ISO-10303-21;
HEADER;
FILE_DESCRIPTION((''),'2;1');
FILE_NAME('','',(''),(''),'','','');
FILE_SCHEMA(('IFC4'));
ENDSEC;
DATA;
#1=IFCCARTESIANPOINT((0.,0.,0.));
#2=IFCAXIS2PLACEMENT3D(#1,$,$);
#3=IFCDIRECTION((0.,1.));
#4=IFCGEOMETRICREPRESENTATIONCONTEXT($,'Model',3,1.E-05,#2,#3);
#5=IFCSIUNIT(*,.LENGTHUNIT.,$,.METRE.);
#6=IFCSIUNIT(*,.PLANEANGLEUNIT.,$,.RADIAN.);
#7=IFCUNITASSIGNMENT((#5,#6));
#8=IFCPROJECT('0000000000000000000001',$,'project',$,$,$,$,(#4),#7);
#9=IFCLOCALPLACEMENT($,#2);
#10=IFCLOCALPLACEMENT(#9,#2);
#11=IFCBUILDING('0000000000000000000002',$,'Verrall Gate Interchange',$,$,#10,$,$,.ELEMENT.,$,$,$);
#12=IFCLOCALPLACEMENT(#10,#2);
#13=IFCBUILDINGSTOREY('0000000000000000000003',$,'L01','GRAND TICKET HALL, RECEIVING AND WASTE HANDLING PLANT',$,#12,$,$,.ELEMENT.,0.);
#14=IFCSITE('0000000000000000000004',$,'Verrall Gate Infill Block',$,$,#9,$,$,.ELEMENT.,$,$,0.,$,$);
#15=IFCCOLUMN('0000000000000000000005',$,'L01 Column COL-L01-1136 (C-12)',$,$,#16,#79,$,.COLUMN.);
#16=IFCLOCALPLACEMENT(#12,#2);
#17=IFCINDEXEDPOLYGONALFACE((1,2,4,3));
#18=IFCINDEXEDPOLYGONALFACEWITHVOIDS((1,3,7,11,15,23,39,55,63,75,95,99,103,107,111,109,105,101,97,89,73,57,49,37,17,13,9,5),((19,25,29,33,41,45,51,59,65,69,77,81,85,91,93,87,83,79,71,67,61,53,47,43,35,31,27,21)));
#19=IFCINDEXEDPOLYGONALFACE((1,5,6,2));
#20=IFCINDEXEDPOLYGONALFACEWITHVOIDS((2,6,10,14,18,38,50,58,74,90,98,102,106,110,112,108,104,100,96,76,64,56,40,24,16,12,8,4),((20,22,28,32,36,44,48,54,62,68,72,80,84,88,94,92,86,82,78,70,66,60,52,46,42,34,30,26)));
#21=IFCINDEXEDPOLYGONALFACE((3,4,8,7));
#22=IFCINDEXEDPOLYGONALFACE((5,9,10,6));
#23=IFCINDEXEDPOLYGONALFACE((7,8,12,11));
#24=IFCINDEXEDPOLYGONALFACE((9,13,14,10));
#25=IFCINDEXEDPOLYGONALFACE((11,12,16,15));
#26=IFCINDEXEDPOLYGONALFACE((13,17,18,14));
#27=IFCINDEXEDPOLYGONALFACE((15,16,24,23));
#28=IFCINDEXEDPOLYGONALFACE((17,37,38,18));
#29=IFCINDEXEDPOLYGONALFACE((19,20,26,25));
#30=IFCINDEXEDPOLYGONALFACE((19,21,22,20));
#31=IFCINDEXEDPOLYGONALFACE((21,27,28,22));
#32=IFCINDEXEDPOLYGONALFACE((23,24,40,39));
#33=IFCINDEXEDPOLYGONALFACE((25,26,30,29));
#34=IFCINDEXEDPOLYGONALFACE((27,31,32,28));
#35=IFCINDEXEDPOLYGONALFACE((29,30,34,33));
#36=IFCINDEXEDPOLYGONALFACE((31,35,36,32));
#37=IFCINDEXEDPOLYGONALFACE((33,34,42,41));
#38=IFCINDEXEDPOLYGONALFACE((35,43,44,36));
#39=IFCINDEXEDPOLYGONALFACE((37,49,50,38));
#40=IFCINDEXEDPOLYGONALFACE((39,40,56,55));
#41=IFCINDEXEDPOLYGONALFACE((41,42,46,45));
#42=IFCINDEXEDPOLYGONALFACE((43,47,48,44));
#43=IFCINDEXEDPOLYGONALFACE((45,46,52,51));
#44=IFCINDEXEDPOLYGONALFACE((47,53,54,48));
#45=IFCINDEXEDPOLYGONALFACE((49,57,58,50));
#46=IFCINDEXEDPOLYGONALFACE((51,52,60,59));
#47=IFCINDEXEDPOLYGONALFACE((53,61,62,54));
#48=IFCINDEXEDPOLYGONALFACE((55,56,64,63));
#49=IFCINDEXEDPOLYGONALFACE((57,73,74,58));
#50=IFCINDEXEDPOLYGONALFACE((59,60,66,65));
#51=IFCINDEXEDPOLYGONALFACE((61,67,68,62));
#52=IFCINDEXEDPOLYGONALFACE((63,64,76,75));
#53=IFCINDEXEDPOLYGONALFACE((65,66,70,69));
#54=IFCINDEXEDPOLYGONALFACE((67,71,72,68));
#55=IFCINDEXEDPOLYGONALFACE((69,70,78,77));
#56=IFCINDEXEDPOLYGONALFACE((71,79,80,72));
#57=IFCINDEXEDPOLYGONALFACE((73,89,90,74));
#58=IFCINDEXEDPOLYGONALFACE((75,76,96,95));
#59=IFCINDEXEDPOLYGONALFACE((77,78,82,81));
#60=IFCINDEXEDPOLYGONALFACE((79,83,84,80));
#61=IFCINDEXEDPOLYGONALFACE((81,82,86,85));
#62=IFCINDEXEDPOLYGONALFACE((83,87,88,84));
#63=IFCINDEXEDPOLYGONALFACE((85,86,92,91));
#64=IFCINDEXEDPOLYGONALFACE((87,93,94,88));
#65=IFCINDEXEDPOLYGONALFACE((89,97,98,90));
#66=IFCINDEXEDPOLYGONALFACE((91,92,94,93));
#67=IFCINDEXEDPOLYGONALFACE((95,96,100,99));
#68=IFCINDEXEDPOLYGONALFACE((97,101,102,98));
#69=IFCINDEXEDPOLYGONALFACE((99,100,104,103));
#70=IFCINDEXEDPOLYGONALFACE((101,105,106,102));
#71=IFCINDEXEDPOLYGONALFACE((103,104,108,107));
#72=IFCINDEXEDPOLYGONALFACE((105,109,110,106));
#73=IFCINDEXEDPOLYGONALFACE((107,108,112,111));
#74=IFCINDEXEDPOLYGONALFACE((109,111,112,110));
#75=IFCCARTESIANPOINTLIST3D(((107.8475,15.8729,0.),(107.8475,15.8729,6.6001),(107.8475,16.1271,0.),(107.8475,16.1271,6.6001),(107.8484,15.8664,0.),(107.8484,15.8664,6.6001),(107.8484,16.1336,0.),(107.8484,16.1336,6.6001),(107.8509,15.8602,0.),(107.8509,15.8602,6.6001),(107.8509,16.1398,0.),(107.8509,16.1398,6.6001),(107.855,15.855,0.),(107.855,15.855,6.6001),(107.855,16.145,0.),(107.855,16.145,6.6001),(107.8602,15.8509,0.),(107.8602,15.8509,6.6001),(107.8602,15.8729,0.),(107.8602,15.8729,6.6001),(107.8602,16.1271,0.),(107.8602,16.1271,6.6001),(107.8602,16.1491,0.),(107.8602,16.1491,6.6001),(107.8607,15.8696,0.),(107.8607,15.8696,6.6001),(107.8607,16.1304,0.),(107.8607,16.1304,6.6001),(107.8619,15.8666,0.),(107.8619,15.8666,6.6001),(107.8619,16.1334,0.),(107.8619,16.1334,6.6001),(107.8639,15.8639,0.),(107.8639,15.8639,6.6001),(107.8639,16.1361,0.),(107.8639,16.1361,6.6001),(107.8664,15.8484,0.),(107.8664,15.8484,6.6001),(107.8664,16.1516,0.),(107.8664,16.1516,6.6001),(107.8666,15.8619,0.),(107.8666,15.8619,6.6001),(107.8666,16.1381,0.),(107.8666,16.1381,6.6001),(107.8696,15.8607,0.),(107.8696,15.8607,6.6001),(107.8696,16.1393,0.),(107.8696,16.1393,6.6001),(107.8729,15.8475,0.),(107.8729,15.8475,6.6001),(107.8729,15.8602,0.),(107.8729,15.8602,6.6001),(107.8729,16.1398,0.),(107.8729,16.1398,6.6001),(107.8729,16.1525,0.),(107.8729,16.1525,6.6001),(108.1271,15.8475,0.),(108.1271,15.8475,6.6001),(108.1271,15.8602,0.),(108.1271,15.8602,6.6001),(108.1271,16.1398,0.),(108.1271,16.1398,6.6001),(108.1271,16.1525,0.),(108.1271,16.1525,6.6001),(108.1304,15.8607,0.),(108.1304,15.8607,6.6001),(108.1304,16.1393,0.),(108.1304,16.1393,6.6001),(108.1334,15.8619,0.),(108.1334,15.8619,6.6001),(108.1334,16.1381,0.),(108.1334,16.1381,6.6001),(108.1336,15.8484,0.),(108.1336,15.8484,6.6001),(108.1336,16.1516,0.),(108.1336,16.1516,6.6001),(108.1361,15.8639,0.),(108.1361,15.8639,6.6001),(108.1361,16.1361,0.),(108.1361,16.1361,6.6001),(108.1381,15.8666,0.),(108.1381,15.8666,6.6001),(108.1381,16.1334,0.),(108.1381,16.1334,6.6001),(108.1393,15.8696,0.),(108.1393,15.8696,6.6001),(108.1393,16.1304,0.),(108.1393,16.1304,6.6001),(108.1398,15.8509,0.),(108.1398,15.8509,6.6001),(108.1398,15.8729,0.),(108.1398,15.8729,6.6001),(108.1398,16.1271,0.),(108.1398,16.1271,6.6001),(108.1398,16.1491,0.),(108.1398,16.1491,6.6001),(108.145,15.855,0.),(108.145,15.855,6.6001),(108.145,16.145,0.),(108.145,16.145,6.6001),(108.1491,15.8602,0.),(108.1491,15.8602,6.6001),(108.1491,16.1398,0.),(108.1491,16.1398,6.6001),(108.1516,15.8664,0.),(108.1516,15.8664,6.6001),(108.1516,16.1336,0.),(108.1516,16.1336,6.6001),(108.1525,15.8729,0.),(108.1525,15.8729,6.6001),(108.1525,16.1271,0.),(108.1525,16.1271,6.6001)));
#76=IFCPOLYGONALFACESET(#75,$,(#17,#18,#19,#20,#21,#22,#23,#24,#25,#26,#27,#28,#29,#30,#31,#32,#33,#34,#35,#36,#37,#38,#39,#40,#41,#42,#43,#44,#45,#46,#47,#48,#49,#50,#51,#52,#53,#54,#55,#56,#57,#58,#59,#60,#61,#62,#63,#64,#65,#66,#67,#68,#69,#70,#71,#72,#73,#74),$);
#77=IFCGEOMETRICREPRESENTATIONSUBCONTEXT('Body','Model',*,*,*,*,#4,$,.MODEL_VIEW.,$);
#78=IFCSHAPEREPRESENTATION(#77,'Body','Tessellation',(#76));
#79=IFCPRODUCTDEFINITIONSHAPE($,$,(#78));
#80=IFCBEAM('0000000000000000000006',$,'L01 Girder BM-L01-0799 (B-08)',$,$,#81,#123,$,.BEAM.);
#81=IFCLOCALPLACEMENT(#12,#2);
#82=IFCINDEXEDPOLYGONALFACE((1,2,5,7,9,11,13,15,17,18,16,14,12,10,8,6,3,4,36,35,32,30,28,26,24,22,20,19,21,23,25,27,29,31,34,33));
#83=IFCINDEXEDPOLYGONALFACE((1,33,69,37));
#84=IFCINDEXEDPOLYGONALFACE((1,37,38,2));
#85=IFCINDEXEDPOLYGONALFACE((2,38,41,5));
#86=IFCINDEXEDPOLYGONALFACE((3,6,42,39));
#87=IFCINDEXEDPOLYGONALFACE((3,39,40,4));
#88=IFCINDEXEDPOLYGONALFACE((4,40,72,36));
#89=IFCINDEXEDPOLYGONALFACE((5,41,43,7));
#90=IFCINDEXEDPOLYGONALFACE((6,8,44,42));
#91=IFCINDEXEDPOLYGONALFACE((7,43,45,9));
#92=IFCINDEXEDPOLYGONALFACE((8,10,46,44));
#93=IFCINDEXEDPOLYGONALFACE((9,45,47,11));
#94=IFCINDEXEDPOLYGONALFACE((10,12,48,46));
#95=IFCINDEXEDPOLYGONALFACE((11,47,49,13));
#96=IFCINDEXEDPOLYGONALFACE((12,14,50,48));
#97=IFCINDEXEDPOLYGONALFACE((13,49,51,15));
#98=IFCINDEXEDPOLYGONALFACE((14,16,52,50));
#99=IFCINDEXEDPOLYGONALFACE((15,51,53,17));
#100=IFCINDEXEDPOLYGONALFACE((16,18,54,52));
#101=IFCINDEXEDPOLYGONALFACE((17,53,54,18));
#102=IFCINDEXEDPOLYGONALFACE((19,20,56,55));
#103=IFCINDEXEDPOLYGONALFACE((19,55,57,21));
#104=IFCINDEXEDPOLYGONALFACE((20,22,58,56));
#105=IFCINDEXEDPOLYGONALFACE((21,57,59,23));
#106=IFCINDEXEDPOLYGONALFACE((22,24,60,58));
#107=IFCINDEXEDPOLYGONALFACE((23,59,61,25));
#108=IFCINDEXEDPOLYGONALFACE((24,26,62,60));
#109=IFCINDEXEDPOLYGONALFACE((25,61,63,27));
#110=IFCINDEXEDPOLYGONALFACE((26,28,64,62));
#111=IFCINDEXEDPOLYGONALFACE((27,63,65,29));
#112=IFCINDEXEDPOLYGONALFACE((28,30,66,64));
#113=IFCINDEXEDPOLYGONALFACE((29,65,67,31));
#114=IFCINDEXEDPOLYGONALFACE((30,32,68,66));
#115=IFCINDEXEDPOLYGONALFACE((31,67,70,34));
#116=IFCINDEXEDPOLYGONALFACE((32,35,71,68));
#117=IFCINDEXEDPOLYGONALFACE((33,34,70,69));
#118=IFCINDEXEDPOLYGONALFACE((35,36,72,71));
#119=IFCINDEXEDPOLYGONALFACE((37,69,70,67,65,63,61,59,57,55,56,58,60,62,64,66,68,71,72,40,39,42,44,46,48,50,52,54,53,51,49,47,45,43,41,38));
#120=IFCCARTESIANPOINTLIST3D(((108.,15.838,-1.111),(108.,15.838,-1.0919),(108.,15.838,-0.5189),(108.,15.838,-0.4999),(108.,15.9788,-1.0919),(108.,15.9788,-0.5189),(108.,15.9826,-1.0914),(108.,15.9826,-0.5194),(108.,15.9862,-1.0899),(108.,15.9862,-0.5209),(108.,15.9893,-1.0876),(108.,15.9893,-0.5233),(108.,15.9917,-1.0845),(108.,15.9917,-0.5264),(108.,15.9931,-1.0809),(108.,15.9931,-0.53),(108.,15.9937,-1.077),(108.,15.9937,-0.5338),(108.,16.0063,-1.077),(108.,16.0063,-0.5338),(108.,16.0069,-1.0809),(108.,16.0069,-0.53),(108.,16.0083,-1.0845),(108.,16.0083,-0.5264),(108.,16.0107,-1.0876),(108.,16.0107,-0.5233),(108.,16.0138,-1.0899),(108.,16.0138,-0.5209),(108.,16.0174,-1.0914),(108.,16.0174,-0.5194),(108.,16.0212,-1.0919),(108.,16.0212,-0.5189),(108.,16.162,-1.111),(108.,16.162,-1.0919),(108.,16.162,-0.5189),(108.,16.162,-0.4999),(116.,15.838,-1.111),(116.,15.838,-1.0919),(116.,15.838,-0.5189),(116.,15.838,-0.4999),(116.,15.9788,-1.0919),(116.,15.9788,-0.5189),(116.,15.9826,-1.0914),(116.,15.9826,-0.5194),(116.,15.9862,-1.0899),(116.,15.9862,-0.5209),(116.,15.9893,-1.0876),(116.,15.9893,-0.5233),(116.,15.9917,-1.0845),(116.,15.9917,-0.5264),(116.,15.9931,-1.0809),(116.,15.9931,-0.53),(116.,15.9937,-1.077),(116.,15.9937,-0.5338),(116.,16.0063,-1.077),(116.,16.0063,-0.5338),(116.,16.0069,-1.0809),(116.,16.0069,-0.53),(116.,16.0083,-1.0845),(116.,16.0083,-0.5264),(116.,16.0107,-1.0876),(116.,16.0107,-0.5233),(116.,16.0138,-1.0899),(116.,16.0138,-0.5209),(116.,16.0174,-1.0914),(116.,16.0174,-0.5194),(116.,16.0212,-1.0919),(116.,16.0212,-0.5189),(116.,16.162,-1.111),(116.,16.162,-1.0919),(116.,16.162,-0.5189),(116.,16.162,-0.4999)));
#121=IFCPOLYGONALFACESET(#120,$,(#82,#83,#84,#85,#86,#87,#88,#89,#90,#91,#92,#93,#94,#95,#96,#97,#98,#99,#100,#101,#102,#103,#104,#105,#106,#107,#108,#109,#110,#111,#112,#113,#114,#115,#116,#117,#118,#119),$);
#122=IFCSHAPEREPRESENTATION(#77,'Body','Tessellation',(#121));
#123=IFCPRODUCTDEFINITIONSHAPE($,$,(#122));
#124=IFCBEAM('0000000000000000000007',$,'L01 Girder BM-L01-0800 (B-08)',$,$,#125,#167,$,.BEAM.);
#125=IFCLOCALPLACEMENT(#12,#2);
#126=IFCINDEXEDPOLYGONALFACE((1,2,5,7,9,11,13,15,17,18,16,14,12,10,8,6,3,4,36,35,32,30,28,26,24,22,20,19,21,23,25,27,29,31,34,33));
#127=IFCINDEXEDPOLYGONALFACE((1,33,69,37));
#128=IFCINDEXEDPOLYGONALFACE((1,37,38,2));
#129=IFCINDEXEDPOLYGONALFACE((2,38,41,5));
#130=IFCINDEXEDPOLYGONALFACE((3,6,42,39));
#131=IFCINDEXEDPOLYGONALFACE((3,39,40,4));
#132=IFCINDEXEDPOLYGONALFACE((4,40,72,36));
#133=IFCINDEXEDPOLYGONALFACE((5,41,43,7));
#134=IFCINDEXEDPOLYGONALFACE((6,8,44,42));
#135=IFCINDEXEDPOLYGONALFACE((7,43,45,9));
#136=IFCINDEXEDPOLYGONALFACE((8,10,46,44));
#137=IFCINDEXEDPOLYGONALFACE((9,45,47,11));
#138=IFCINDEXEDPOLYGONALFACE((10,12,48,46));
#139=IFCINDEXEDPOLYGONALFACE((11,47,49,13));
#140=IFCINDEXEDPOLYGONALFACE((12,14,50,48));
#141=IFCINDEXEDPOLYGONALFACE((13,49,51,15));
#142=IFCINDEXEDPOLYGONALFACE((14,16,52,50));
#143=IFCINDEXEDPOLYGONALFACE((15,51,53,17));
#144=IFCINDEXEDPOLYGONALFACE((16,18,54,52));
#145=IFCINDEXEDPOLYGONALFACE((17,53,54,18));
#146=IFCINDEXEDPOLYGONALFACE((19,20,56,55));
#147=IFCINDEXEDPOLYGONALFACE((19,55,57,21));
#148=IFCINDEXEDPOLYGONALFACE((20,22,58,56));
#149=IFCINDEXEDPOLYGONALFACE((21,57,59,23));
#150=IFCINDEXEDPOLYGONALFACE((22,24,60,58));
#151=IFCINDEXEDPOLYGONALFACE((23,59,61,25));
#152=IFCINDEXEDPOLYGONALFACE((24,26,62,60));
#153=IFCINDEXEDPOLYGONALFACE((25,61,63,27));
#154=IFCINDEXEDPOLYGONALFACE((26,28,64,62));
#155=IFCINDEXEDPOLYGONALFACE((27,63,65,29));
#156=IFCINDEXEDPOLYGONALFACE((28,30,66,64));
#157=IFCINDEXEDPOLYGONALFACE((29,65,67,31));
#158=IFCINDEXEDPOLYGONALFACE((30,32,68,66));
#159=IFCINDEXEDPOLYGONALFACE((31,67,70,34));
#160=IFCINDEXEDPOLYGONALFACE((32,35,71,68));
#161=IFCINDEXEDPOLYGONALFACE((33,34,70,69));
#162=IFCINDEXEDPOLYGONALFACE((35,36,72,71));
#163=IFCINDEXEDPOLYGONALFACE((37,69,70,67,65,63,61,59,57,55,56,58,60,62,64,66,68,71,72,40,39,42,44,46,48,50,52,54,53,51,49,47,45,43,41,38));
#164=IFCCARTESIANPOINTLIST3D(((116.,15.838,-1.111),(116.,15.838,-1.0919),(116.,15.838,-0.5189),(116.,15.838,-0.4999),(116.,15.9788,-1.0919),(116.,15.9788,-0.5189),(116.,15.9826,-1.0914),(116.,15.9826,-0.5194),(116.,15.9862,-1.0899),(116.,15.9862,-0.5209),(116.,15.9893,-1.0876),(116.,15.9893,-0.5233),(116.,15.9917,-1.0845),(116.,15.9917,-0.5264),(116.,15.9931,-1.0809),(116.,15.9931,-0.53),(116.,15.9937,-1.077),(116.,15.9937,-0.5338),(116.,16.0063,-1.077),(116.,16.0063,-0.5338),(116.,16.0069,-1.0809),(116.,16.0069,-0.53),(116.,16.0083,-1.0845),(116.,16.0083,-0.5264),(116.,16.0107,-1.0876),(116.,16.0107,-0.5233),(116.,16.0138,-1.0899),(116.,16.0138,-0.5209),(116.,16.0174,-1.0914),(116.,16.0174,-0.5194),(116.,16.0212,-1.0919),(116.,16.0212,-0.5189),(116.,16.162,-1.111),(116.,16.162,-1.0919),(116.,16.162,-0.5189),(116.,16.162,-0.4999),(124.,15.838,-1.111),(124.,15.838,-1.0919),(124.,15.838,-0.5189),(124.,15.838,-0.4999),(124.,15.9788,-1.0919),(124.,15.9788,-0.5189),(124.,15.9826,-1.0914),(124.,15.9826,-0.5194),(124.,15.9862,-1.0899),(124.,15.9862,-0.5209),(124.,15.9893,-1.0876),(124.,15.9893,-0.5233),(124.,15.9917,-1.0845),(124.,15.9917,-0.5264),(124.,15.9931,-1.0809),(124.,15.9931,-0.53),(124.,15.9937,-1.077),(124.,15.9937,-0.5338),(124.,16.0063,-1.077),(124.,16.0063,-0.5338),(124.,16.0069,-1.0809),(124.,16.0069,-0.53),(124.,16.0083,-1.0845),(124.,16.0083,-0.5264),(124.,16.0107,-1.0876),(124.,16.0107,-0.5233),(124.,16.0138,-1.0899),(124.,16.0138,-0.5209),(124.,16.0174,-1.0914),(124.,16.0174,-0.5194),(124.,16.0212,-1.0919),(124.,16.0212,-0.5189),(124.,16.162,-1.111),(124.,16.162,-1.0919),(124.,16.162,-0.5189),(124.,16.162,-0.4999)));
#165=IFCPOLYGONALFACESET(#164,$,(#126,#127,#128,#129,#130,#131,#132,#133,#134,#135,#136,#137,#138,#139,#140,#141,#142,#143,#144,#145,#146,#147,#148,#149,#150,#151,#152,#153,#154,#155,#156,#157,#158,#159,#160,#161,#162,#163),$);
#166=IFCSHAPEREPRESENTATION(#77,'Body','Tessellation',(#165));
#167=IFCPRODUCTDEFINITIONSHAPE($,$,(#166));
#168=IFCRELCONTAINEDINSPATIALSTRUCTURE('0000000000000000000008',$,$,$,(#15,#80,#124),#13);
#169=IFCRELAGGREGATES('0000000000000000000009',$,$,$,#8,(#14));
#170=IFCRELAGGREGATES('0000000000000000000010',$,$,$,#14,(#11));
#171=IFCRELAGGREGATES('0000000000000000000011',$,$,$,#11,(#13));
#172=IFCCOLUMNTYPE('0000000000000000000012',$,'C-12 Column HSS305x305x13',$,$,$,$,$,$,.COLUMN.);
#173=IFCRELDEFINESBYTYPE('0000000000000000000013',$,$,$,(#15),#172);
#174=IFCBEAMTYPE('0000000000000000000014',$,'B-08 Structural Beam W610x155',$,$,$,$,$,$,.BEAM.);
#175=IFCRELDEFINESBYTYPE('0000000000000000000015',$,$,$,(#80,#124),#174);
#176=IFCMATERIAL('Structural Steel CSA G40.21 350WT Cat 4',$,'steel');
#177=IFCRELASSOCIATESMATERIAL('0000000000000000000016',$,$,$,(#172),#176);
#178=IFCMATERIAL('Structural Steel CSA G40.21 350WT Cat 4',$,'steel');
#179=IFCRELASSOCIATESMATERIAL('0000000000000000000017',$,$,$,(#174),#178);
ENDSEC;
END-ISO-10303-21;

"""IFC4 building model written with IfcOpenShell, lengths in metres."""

from ifc_helpers import new_model, si_unit, direction, frame, origin, origin_2d, place, context, subcontext, project, spatial, hollow_rectangle, i_section, extrude, material, material_profile, profile_set, type_object, element, save


model = new_model("IFC4")

# Units and contexts
model_context = context("Model", 3, precision=1e-05, world=origin(), true_north=direction((0.0, 1.0)))
body_context = subcontext(model_context, "Body", "Model", "MODEL_VIEW")
ifc_project = project(units=[si_unit("LENGTHUNIT", "METRE"), si_unit("PLANEANGLEUNIT", "RADIAN")], contexts=[model_context])

# Site, building, storey
site_placement = place(None, origin())
site = spatial("IfcSite", under=ifc_project, at=site_placement, Name="Verrall Gate Infill Block", CompositionType="ELEMENT", RefElevation=0.0)
building_placement = place(site_placement, origin())
building = spatial("IfcBuilding", under=site, at=building_placement, Name="Verrall Gate Interchange", CompositionType="ELEMENT")
storey_placement = place(building_placement, origin())
storey = spatial("IfcBuildingStorey", under=building, at=storey_placement, Name="L01", Description="GRAND TICKET HALL, RECEIVING AND WASTE HANDLING PLANT", CompositionType="ELEMENT", Elevation=0.0)

# Column
ifc_material_1 = material(Name="Structural Steel CSA G40.21 350WT Cat 4", Category="steel")
ifc_material_profile_1 = material_profile(ifc_material_1, hollow_rectangle(XDim=0.3049, YDim=0.3049, WallThickness=0.0127, InnerFilletRadius=0.0127, OuterFilletRadius=0.0254, at=origin_2d()), Name="HSS305x305x13")
ifc_profile_set_1 = profile_set([ifc_material_profile_1], Name="Structural Steel CSA G40.21 350WT Cat 4")
column_type = type_object("IfcColumnType", Name="C-12 Column HSS305x305x13", PredefinedType="COLUMN", material=ifc_profile_set_1)
column_placement = place(storey_placement, frame((108.0, 16.0, 0.0), z_axis=(0.0, 0.0, 1.0), x_axis=(1.0, 0.0, 0.0)))
element("IfcColumn", 1, at=column_placement, inside=storey, type_object=column_type, Name="L01 Column COL-L01-1136 (C-12)", PredefinedType="COLUMN", context=body_context, shape_type="SweptSolid", body=[
    extrude(hollow_rectangle(XDim=0.3049, YDim=0.3049, WallThickness=0.0127, InnerFilletRadius=0.0127, OuterFilletRadius=0.0254, at=origin_2d()), origin(), (0.0, 0.0, 1.0), 6.6001),
])

# Beams
ifc_material_2 = material(Name="Structural Steel CSA G40.21 350WT Cat 4", Category="steel")
ifc_material_profile_2 = material_profile(ifc_material_2, i_section(OverallWidth=0.324, OverallDepth=0.6111, WebThickness=0.0127, FlangeThickness=0.019, FilletRadius=0.0149, at=origin_2d()), Name="W610x155")
ifc_profile_set_2 = profile_set([ifc_material_profile_2], Name="Structural Steel CSA G40.21 350WT Cat 4")
beam_type_1 = type_object("IfcBeamType", Name="B-08 Structural Beam W610x155", PredefinedType="BEAM", material=ifc_profile_set_2)
for number, where, z_axis, x_axis, name in (
    (2, (108.0, 16.0, -0.8054), (1.0, 0.0, 0.0), (0.0, 1.0, 0.0), "L01 Girder BM-L01-0799 (B-08)"),
    (3, (116.0, 16.0, -0.8054), (1.0, 0.0, 0.0), (0.0, 1.0, 0.0), "L01 Girder BM-L01-0800 (B-08)"),
):
    element("IfcBeam", number, at=place(storey_placement, frame(where, z_axis=z_axis, x_axis=x_axis)), inside=storey, type_object=beam_type_1, Name=name, PredefinedType="BEAM", context=body_context, shape_type="SweptSolid", body=[
        extrude(i_section(OverallWidth=0.324, OverallDepth=0.6111, WebThickness=0.0127, FlangeThickness=0.019, FilletRadius=0.0149, at=origin_2d()), origin(), (0.0, 0.0, 1.0), 8.0),
    ])

save(model, "model.ifc")
